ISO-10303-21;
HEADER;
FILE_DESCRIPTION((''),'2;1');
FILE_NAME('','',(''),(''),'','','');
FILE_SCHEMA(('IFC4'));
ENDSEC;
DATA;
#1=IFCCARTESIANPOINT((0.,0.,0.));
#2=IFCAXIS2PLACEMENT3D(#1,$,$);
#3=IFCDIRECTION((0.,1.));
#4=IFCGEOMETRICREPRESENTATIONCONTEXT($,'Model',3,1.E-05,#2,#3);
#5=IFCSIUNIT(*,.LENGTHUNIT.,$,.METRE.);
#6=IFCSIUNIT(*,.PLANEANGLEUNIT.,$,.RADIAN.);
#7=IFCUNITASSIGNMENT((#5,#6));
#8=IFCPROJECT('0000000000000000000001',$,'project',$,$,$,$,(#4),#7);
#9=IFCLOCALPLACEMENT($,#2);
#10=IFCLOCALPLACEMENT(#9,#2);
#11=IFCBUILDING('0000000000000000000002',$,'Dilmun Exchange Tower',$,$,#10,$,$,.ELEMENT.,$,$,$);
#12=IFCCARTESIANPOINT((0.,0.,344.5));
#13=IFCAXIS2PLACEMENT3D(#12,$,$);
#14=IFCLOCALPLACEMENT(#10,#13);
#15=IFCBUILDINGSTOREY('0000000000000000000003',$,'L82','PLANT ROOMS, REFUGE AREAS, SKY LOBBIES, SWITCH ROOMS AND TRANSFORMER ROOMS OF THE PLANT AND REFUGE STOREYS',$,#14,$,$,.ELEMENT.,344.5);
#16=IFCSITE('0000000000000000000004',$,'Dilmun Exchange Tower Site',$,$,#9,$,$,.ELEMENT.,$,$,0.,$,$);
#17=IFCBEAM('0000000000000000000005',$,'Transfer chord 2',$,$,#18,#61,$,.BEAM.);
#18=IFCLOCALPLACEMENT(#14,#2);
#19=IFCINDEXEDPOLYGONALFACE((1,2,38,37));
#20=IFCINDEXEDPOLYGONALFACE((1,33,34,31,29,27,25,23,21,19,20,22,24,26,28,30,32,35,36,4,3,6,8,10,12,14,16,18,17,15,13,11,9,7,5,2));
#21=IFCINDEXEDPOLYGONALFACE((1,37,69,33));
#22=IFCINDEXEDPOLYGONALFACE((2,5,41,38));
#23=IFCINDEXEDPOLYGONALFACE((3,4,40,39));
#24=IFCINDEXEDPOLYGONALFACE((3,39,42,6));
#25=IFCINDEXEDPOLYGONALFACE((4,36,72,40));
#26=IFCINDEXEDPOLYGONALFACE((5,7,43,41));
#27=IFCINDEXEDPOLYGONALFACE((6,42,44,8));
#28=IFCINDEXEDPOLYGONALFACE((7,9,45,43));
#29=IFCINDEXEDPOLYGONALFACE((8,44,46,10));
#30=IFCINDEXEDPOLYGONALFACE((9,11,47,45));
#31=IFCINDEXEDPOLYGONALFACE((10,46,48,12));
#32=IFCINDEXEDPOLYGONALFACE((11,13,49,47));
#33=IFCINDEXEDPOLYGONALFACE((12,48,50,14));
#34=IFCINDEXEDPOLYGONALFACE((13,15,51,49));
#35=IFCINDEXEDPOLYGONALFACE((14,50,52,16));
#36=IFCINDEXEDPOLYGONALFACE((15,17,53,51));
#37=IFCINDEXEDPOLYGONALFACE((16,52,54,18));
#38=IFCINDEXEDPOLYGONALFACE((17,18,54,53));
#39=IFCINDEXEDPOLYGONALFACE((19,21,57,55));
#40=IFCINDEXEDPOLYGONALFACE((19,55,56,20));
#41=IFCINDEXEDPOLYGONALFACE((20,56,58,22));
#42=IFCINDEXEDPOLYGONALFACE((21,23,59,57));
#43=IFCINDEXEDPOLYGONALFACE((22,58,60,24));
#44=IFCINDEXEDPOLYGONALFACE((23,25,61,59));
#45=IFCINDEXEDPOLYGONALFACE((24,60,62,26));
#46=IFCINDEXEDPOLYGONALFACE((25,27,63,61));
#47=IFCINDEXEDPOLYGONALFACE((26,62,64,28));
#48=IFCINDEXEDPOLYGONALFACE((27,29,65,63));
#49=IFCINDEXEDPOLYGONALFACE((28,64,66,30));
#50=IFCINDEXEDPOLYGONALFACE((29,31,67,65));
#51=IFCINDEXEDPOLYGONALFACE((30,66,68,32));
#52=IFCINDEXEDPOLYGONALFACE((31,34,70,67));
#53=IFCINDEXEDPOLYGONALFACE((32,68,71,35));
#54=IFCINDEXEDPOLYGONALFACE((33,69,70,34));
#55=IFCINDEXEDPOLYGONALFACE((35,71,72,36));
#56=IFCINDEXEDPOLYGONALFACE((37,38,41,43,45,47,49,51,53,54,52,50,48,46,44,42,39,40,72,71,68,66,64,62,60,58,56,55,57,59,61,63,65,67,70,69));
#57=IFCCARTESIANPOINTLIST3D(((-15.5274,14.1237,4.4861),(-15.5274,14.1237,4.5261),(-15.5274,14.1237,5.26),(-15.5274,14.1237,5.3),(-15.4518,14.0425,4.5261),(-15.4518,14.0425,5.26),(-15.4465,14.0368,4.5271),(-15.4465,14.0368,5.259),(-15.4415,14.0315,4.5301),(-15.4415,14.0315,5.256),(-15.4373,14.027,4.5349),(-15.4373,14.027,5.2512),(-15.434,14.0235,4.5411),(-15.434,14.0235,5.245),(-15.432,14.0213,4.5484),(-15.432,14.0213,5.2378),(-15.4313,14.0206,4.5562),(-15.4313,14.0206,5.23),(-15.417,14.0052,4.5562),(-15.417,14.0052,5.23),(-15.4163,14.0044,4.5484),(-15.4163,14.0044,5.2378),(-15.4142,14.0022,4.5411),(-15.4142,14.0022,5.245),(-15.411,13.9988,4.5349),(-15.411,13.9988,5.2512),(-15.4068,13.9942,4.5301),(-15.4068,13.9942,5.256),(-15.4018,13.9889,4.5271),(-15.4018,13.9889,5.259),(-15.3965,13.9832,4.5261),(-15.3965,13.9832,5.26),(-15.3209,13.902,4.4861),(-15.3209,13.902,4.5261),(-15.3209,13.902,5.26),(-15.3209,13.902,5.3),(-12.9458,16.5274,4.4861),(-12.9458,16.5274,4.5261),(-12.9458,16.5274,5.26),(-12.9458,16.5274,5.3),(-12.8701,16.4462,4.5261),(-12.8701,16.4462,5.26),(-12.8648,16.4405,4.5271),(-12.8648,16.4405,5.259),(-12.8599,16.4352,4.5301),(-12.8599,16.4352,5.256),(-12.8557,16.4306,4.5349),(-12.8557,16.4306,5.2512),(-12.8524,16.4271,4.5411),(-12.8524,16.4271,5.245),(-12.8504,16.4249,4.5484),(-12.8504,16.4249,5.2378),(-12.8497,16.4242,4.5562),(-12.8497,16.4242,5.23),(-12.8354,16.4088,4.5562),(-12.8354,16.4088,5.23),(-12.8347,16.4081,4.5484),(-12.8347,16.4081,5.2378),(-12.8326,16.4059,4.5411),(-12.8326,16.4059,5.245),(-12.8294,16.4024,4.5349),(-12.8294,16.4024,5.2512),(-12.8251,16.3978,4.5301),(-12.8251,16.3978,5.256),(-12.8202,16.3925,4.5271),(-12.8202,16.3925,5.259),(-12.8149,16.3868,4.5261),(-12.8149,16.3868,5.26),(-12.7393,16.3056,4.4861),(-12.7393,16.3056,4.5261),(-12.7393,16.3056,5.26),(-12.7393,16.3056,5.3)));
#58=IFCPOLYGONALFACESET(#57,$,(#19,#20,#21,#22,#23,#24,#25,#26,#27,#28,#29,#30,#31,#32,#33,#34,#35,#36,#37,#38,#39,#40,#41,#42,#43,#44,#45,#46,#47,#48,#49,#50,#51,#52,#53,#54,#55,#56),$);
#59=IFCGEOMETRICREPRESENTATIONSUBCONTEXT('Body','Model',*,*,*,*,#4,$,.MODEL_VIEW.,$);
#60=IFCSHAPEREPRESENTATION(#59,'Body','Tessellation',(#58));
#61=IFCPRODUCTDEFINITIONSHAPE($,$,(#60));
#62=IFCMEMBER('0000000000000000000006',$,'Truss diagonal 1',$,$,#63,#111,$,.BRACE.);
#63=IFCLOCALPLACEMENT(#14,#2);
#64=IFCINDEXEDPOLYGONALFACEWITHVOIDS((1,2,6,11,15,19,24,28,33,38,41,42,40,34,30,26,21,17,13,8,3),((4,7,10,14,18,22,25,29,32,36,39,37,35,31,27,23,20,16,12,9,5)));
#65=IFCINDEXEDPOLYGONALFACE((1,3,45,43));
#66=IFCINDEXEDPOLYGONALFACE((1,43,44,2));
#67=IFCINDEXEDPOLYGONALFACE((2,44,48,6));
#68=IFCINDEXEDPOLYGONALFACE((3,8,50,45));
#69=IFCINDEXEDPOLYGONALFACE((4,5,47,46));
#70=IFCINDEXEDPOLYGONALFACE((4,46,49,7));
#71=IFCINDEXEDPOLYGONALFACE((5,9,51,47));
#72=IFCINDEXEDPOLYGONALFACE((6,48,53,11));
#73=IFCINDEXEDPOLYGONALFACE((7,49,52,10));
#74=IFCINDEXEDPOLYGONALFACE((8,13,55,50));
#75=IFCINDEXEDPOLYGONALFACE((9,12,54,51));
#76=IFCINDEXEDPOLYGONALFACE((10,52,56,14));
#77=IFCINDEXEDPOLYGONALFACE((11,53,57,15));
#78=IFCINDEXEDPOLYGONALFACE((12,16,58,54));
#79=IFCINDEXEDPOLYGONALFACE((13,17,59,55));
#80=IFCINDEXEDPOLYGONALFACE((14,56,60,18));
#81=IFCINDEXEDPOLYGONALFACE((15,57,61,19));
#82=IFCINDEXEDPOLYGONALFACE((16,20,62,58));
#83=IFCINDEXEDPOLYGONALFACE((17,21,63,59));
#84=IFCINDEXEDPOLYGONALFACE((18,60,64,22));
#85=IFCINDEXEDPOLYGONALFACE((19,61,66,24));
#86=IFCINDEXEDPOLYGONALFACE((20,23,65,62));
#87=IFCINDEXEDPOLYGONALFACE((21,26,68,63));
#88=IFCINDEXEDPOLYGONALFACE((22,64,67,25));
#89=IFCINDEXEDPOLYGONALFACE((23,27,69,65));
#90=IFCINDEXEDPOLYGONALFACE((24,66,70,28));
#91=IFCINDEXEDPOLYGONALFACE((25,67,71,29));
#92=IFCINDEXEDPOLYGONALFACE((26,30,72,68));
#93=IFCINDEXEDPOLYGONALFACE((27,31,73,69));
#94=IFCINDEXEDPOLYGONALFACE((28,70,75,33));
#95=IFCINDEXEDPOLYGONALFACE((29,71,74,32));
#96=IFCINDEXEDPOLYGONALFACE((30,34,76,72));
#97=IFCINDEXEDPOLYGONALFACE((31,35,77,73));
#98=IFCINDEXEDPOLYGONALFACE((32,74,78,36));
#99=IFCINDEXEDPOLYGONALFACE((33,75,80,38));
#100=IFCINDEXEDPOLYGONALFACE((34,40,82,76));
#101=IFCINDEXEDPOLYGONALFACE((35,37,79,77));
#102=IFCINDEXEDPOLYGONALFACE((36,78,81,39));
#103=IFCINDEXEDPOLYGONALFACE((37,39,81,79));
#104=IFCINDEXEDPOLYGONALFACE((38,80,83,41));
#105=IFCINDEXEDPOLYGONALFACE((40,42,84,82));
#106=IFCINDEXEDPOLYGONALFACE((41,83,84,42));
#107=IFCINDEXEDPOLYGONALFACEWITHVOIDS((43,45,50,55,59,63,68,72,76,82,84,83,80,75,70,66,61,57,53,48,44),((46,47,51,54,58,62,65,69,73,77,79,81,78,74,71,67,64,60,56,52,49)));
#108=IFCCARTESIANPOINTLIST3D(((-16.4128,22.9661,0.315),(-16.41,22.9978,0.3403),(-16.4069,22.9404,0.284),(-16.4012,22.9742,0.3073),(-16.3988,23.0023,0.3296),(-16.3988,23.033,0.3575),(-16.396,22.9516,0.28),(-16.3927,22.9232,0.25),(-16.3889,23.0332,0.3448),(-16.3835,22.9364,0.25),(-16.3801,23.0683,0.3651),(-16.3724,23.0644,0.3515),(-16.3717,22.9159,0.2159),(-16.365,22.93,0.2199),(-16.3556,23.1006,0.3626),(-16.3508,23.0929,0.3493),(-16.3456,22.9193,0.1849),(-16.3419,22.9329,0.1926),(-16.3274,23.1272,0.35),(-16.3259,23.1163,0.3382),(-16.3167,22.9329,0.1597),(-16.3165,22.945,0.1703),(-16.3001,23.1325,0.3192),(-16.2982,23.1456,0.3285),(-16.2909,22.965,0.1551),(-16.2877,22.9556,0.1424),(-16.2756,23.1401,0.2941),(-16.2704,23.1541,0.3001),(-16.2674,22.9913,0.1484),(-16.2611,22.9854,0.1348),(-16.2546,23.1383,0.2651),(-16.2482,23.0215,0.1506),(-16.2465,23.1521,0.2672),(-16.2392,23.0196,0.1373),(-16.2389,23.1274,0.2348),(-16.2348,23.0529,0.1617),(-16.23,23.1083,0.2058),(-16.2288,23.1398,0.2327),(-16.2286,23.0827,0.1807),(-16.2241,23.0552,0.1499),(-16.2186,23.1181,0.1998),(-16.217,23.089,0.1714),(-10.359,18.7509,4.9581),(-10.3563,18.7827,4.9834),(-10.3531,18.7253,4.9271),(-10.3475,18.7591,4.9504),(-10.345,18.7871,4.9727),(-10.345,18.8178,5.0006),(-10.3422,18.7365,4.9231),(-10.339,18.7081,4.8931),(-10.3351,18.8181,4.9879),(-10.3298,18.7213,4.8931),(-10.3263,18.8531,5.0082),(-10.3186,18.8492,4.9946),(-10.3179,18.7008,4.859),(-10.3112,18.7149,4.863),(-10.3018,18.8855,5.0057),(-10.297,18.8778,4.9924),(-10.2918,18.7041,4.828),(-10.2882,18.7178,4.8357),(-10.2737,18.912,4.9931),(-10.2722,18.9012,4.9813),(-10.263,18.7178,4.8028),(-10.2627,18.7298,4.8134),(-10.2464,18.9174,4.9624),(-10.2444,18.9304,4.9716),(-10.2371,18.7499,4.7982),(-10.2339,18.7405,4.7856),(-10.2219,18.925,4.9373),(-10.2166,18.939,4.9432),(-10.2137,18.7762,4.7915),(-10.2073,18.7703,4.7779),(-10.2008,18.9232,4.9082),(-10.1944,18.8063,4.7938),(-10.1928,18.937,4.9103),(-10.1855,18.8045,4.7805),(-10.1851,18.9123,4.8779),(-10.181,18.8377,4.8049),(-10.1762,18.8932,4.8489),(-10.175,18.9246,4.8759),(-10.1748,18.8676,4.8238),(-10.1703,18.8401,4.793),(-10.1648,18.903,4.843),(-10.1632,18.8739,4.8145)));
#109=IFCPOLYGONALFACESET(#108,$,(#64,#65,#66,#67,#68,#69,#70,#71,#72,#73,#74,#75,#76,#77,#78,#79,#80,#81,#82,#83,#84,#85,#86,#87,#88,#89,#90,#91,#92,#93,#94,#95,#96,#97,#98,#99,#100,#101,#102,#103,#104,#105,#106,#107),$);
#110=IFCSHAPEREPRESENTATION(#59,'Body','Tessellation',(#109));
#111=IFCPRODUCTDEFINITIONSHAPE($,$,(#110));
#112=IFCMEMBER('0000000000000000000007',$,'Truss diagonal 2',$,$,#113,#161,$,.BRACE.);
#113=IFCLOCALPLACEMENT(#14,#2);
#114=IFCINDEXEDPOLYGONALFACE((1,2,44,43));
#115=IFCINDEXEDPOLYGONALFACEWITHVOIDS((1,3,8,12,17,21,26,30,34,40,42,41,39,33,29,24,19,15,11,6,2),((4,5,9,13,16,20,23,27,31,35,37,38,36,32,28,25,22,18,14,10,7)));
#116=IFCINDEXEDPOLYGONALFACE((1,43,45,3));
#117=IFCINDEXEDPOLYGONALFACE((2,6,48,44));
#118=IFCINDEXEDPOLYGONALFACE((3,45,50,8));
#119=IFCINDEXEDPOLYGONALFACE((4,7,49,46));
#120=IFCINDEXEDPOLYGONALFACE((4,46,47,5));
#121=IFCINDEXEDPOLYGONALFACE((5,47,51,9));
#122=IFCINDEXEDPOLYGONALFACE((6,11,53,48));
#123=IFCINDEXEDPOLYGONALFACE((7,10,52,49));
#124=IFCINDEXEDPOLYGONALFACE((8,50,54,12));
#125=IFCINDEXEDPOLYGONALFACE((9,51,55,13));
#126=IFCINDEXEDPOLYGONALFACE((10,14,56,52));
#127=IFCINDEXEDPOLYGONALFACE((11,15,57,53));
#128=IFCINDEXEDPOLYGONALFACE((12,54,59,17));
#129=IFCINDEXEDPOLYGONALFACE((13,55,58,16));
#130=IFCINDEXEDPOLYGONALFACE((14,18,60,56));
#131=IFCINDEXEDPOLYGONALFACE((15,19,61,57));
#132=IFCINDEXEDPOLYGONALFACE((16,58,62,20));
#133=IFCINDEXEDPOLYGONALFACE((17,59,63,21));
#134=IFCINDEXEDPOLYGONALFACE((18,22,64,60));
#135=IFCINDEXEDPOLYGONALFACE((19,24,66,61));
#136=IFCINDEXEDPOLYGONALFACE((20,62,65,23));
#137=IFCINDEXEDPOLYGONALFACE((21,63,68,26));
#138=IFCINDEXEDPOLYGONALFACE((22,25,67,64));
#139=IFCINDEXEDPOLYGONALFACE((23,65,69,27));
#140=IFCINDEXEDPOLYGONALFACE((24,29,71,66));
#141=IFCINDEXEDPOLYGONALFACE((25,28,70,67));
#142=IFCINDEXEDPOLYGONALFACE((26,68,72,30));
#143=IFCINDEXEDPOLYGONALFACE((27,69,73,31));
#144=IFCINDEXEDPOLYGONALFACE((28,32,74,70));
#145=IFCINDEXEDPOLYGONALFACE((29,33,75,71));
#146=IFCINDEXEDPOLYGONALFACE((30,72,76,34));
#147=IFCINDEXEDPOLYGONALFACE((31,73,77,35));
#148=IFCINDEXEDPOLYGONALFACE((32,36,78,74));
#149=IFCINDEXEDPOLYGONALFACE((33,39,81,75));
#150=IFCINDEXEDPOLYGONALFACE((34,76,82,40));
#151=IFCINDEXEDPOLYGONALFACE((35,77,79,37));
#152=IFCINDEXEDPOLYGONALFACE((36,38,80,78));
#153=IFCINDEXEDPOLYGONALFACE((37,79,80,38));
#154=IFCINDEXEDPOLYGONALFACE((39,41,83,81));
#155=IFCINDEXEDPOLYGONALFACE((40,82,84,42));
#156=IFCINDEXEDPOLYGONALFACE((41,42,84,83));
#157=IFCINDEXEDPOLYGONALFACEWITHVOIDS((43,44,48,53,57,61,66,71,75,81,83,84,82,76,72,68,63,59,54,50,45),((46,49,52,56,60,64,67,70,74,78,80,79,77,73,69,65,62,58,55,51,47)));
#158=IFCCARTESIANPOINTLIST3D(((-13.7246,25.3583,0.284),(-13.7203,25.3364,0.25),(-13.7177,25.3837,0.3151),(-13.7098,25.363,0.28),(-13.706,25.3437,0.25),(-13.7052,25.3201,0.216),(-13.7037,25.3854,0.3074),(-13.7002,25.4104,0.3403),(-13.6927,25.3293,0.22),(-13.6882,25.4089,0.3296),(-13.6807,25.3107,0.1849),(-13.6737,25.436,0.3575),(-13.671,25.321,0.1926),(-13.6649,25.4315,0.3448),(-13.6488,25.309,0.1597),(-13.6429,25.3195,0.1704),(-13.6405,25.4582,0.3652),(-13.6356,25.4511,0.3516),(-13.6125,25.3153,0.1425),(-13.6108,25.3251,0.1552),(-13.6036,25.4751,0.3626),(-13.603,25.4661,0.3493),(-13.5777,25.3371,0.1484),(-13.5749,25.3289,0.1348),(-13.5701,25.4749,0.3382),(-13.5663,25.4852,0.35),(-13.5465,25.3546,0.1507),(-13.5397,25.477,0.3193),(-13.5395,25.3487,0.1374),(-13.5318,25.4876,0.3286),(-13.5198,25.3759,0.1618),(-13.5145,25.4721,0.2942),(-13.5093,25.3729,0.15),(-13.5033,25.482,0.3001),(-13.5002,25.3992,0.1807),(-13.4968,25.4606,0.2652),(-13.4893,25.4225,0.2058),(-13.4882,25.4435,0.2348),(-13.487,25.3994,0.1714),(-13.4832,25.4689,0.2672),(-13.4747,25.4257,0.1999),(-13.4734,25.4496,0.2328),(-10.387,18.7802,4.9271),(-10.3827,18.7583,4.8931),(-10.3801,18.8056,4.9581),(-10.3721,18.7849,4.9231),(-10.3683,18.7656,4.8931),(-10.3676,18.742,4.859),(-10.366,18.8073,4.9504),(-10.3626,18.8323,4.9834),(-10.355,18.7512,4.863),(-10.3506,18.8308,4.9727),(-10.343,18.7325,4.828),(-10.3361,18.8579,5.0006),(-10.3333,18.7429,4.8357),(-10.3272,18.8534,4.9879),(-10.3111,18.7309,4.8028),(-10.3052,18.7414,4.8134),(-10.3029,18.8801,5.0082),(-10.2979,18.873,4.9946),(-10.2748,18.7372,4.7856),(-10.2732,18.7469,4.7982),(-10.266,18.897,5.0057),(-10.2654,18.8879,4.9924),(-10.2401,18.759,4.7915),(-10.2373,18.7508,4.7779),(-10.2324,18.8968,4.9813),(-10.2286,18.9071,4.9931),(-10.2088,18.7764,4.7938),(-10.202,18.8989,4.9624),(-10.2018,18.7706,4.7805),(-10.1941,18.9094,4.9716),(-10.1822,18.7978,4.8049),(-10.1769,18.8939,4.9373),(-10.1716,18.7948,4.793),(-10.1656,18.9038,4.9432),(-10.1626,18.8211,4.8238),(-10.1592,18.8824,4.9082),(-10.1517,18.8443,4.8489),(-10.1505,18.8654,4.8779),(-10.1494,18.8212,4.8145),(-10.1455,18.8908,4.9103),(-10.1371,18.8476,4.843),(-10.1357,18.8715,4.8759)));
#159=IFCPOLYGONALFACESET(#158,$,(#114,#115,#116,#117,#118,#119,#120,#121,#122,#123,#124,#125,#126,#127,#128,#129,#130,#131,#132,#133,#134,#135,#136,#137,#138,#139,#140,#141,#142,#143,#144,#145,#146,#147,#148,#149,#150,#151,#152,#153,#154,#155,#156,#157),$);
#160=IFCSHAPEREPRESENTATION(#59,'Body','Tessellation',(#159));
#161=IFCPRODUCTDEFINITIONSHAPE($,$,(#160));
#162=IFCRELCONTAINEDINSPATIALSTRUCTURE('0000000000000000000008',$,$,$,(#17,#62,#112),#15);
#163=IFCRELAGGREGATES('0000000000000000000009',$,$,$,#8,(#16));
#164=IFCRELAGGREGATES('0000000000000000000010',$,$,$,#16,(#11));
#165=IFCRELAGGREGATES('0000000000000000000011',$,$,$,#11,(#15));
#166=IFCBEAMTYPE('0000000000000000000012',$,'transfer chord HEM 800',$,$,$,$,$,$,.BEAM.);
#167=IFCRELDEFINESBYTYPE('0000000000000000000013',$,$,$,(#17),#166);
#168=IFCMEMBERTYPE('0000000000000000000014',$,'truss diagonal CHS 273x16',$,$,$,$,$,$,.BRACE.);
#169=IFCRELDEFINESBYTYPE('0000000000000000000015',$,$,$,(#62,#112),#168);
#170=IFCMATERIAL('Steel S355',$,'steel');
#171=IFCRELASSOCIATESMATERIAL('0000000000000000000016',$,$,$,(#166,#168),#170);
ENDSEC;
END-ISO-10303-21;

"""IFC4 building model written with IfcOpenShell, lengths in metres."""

from ifc_helpers import new_model, si_unit, direction, frame, origin, origin_2d, place, context, subcontext, project, spatial, hollow_circle, i_section, extrude, material, material_profile, profile_set, type_object, element, save


model = new_model("IFC4")

# Units and contexts
model_context = context("Model", 3, precision=1e-05, world=origin(), true_north=direction((0.0, 1.0)))
body_context = subcontext(model_context, "Body", "Model", "MODEL_VIEW")
ifc_project = project(units=[si_unit("LENGTHUNIT", "METRE"), si_unit("PLANEANGLEUNIT", "RADIAN")], contexts=[model_context])

# Site, building, storey
site_placement = place(None, origin())
site = spatial("IfcSite", under=ifc_project, at=site_placement, Name="Dilmun Exchange Tower Site", CompositionType="ELEMENT", RefElevation=0.0)
building_placement = place(site_placement, origin())
building = spatial("IfcBuilding", under=site, at=building_placement, Name="Dilmun Exchange Tower", CompositionType="ELEMENT")
storey_placement = place(building_placement, frame((0.0, 0.0, 344.5)))
storey = spatial("IfcBuildingStorey", under=building, at=storey_placement, Name="L82", Description="PLANT ROOMS, REFUGE AREAS, SKY LOBBIES, SWITCH ROOMS AND TRANSFORMER ROOMS OF THE PLANT AND REFUGE STOREYS", CompositionType="ELEMENT", Elevation=344.5)

# Shared definitions
ifc_material_1 = material(Name="Steel S355", Category="steel")

# Beam
ifc_material_profile_1 = material_profile(ifc_material_1, i_section(OverallWidth=0.303, OverallDepth=0.814, WebThickness=0.021, FlangeThickness=0.04, FilletRadius=0.03, at=origin_2d()), Name="HEM 800")
ifc_profile_set_1 = profile_set([ifc_material_profile_1], Name="Steel S355")
beam_type = type_object("IfcBeamType", Name="transfer chord HEM 800", PredefinedType="BEAM", material=ifc_profile_set_1)
for number, where, z_axis, x_axis, name in (
    (1, (-12.8425, 16.4165, 4.8931), (-0.731886, -0.681427, 0.0), (0.681427, -0.731886, 0.0), "Transfer chord 2"),
):
    element("IfcBeam", number, at=place(storey_placement, frame(where, z_axis=z_axis, x_axis=x_axis)), inside=storey, type_object=beam_type, Name=name, PredefinedType="BEAM", context=body_context, shape_type="SweptSolid", body=[
        extrude(i_section(OverallWidth=0.303, OverallDepth=0.814, WebThickness=0.021, FlangeThickness=0.04, FilletRadius=0.03, at=origin_2d()), origin(), (0.0, 0.0, 1.0), 3.5273),
    ])

# Members
ifc_material_profile_2 = material_profile(ifc_material_1, hollow_circle(Radius=0.1365, WallThickness=0.0161, at=origin_2d()), Name="CHS 273x16")
ifc_profile_set_2 = profile_set([ifc_material_profile_2], Name="Steel S355")
member_type_1 = type_object("IfcMemberType", Name="truss diagonal CHS 273x16", PredefinedType="BRACE", material=ifc_profile_set_2)
member_1_placement = place(storey_placement, frame((-10.261, 18.8201, 4.8931), z_axis=(-0.694534, 0.483591, -0.532693), x_axis=(-0.571413, -0.820663, 0.0)))
element("IfcMember", 2, at=member_1_placement, inside=storey, type_object=member_type_1, Name="Truss diagonal 1", PredefinedType="BRACE", context=body_context, shape_type="SweptSolid", body=[
    extrude(hollow_circle(Radius=0.1365, WallThickness=0.0161, at=origin_2d()), origin(), (0.0, 0.0, 1.0), 8.7163),
])
member_2_placement = place(storey_placement, frame((-10.261, 18.8201, 4.8931), z_axis=(-0.382931, 0.754713, -0.532703), x_axis=(-0.891777, -0.452475, 0.0)))
element("IfcMember", 3, at=member_2_placement, inside=storey, type_object=member_type_1, Name="Truss diagonal 2", PredefinedType="BRACE", context=body_context, shape_type="SweptSolid", body=[
    extrude(hollow_circle(Radius=0.1365, WallThickness=0.0161, at=origin_2d()), origin(), (0.0, 0.0, 1.0), 8.7161),
])

save(model, "model.ifc")
